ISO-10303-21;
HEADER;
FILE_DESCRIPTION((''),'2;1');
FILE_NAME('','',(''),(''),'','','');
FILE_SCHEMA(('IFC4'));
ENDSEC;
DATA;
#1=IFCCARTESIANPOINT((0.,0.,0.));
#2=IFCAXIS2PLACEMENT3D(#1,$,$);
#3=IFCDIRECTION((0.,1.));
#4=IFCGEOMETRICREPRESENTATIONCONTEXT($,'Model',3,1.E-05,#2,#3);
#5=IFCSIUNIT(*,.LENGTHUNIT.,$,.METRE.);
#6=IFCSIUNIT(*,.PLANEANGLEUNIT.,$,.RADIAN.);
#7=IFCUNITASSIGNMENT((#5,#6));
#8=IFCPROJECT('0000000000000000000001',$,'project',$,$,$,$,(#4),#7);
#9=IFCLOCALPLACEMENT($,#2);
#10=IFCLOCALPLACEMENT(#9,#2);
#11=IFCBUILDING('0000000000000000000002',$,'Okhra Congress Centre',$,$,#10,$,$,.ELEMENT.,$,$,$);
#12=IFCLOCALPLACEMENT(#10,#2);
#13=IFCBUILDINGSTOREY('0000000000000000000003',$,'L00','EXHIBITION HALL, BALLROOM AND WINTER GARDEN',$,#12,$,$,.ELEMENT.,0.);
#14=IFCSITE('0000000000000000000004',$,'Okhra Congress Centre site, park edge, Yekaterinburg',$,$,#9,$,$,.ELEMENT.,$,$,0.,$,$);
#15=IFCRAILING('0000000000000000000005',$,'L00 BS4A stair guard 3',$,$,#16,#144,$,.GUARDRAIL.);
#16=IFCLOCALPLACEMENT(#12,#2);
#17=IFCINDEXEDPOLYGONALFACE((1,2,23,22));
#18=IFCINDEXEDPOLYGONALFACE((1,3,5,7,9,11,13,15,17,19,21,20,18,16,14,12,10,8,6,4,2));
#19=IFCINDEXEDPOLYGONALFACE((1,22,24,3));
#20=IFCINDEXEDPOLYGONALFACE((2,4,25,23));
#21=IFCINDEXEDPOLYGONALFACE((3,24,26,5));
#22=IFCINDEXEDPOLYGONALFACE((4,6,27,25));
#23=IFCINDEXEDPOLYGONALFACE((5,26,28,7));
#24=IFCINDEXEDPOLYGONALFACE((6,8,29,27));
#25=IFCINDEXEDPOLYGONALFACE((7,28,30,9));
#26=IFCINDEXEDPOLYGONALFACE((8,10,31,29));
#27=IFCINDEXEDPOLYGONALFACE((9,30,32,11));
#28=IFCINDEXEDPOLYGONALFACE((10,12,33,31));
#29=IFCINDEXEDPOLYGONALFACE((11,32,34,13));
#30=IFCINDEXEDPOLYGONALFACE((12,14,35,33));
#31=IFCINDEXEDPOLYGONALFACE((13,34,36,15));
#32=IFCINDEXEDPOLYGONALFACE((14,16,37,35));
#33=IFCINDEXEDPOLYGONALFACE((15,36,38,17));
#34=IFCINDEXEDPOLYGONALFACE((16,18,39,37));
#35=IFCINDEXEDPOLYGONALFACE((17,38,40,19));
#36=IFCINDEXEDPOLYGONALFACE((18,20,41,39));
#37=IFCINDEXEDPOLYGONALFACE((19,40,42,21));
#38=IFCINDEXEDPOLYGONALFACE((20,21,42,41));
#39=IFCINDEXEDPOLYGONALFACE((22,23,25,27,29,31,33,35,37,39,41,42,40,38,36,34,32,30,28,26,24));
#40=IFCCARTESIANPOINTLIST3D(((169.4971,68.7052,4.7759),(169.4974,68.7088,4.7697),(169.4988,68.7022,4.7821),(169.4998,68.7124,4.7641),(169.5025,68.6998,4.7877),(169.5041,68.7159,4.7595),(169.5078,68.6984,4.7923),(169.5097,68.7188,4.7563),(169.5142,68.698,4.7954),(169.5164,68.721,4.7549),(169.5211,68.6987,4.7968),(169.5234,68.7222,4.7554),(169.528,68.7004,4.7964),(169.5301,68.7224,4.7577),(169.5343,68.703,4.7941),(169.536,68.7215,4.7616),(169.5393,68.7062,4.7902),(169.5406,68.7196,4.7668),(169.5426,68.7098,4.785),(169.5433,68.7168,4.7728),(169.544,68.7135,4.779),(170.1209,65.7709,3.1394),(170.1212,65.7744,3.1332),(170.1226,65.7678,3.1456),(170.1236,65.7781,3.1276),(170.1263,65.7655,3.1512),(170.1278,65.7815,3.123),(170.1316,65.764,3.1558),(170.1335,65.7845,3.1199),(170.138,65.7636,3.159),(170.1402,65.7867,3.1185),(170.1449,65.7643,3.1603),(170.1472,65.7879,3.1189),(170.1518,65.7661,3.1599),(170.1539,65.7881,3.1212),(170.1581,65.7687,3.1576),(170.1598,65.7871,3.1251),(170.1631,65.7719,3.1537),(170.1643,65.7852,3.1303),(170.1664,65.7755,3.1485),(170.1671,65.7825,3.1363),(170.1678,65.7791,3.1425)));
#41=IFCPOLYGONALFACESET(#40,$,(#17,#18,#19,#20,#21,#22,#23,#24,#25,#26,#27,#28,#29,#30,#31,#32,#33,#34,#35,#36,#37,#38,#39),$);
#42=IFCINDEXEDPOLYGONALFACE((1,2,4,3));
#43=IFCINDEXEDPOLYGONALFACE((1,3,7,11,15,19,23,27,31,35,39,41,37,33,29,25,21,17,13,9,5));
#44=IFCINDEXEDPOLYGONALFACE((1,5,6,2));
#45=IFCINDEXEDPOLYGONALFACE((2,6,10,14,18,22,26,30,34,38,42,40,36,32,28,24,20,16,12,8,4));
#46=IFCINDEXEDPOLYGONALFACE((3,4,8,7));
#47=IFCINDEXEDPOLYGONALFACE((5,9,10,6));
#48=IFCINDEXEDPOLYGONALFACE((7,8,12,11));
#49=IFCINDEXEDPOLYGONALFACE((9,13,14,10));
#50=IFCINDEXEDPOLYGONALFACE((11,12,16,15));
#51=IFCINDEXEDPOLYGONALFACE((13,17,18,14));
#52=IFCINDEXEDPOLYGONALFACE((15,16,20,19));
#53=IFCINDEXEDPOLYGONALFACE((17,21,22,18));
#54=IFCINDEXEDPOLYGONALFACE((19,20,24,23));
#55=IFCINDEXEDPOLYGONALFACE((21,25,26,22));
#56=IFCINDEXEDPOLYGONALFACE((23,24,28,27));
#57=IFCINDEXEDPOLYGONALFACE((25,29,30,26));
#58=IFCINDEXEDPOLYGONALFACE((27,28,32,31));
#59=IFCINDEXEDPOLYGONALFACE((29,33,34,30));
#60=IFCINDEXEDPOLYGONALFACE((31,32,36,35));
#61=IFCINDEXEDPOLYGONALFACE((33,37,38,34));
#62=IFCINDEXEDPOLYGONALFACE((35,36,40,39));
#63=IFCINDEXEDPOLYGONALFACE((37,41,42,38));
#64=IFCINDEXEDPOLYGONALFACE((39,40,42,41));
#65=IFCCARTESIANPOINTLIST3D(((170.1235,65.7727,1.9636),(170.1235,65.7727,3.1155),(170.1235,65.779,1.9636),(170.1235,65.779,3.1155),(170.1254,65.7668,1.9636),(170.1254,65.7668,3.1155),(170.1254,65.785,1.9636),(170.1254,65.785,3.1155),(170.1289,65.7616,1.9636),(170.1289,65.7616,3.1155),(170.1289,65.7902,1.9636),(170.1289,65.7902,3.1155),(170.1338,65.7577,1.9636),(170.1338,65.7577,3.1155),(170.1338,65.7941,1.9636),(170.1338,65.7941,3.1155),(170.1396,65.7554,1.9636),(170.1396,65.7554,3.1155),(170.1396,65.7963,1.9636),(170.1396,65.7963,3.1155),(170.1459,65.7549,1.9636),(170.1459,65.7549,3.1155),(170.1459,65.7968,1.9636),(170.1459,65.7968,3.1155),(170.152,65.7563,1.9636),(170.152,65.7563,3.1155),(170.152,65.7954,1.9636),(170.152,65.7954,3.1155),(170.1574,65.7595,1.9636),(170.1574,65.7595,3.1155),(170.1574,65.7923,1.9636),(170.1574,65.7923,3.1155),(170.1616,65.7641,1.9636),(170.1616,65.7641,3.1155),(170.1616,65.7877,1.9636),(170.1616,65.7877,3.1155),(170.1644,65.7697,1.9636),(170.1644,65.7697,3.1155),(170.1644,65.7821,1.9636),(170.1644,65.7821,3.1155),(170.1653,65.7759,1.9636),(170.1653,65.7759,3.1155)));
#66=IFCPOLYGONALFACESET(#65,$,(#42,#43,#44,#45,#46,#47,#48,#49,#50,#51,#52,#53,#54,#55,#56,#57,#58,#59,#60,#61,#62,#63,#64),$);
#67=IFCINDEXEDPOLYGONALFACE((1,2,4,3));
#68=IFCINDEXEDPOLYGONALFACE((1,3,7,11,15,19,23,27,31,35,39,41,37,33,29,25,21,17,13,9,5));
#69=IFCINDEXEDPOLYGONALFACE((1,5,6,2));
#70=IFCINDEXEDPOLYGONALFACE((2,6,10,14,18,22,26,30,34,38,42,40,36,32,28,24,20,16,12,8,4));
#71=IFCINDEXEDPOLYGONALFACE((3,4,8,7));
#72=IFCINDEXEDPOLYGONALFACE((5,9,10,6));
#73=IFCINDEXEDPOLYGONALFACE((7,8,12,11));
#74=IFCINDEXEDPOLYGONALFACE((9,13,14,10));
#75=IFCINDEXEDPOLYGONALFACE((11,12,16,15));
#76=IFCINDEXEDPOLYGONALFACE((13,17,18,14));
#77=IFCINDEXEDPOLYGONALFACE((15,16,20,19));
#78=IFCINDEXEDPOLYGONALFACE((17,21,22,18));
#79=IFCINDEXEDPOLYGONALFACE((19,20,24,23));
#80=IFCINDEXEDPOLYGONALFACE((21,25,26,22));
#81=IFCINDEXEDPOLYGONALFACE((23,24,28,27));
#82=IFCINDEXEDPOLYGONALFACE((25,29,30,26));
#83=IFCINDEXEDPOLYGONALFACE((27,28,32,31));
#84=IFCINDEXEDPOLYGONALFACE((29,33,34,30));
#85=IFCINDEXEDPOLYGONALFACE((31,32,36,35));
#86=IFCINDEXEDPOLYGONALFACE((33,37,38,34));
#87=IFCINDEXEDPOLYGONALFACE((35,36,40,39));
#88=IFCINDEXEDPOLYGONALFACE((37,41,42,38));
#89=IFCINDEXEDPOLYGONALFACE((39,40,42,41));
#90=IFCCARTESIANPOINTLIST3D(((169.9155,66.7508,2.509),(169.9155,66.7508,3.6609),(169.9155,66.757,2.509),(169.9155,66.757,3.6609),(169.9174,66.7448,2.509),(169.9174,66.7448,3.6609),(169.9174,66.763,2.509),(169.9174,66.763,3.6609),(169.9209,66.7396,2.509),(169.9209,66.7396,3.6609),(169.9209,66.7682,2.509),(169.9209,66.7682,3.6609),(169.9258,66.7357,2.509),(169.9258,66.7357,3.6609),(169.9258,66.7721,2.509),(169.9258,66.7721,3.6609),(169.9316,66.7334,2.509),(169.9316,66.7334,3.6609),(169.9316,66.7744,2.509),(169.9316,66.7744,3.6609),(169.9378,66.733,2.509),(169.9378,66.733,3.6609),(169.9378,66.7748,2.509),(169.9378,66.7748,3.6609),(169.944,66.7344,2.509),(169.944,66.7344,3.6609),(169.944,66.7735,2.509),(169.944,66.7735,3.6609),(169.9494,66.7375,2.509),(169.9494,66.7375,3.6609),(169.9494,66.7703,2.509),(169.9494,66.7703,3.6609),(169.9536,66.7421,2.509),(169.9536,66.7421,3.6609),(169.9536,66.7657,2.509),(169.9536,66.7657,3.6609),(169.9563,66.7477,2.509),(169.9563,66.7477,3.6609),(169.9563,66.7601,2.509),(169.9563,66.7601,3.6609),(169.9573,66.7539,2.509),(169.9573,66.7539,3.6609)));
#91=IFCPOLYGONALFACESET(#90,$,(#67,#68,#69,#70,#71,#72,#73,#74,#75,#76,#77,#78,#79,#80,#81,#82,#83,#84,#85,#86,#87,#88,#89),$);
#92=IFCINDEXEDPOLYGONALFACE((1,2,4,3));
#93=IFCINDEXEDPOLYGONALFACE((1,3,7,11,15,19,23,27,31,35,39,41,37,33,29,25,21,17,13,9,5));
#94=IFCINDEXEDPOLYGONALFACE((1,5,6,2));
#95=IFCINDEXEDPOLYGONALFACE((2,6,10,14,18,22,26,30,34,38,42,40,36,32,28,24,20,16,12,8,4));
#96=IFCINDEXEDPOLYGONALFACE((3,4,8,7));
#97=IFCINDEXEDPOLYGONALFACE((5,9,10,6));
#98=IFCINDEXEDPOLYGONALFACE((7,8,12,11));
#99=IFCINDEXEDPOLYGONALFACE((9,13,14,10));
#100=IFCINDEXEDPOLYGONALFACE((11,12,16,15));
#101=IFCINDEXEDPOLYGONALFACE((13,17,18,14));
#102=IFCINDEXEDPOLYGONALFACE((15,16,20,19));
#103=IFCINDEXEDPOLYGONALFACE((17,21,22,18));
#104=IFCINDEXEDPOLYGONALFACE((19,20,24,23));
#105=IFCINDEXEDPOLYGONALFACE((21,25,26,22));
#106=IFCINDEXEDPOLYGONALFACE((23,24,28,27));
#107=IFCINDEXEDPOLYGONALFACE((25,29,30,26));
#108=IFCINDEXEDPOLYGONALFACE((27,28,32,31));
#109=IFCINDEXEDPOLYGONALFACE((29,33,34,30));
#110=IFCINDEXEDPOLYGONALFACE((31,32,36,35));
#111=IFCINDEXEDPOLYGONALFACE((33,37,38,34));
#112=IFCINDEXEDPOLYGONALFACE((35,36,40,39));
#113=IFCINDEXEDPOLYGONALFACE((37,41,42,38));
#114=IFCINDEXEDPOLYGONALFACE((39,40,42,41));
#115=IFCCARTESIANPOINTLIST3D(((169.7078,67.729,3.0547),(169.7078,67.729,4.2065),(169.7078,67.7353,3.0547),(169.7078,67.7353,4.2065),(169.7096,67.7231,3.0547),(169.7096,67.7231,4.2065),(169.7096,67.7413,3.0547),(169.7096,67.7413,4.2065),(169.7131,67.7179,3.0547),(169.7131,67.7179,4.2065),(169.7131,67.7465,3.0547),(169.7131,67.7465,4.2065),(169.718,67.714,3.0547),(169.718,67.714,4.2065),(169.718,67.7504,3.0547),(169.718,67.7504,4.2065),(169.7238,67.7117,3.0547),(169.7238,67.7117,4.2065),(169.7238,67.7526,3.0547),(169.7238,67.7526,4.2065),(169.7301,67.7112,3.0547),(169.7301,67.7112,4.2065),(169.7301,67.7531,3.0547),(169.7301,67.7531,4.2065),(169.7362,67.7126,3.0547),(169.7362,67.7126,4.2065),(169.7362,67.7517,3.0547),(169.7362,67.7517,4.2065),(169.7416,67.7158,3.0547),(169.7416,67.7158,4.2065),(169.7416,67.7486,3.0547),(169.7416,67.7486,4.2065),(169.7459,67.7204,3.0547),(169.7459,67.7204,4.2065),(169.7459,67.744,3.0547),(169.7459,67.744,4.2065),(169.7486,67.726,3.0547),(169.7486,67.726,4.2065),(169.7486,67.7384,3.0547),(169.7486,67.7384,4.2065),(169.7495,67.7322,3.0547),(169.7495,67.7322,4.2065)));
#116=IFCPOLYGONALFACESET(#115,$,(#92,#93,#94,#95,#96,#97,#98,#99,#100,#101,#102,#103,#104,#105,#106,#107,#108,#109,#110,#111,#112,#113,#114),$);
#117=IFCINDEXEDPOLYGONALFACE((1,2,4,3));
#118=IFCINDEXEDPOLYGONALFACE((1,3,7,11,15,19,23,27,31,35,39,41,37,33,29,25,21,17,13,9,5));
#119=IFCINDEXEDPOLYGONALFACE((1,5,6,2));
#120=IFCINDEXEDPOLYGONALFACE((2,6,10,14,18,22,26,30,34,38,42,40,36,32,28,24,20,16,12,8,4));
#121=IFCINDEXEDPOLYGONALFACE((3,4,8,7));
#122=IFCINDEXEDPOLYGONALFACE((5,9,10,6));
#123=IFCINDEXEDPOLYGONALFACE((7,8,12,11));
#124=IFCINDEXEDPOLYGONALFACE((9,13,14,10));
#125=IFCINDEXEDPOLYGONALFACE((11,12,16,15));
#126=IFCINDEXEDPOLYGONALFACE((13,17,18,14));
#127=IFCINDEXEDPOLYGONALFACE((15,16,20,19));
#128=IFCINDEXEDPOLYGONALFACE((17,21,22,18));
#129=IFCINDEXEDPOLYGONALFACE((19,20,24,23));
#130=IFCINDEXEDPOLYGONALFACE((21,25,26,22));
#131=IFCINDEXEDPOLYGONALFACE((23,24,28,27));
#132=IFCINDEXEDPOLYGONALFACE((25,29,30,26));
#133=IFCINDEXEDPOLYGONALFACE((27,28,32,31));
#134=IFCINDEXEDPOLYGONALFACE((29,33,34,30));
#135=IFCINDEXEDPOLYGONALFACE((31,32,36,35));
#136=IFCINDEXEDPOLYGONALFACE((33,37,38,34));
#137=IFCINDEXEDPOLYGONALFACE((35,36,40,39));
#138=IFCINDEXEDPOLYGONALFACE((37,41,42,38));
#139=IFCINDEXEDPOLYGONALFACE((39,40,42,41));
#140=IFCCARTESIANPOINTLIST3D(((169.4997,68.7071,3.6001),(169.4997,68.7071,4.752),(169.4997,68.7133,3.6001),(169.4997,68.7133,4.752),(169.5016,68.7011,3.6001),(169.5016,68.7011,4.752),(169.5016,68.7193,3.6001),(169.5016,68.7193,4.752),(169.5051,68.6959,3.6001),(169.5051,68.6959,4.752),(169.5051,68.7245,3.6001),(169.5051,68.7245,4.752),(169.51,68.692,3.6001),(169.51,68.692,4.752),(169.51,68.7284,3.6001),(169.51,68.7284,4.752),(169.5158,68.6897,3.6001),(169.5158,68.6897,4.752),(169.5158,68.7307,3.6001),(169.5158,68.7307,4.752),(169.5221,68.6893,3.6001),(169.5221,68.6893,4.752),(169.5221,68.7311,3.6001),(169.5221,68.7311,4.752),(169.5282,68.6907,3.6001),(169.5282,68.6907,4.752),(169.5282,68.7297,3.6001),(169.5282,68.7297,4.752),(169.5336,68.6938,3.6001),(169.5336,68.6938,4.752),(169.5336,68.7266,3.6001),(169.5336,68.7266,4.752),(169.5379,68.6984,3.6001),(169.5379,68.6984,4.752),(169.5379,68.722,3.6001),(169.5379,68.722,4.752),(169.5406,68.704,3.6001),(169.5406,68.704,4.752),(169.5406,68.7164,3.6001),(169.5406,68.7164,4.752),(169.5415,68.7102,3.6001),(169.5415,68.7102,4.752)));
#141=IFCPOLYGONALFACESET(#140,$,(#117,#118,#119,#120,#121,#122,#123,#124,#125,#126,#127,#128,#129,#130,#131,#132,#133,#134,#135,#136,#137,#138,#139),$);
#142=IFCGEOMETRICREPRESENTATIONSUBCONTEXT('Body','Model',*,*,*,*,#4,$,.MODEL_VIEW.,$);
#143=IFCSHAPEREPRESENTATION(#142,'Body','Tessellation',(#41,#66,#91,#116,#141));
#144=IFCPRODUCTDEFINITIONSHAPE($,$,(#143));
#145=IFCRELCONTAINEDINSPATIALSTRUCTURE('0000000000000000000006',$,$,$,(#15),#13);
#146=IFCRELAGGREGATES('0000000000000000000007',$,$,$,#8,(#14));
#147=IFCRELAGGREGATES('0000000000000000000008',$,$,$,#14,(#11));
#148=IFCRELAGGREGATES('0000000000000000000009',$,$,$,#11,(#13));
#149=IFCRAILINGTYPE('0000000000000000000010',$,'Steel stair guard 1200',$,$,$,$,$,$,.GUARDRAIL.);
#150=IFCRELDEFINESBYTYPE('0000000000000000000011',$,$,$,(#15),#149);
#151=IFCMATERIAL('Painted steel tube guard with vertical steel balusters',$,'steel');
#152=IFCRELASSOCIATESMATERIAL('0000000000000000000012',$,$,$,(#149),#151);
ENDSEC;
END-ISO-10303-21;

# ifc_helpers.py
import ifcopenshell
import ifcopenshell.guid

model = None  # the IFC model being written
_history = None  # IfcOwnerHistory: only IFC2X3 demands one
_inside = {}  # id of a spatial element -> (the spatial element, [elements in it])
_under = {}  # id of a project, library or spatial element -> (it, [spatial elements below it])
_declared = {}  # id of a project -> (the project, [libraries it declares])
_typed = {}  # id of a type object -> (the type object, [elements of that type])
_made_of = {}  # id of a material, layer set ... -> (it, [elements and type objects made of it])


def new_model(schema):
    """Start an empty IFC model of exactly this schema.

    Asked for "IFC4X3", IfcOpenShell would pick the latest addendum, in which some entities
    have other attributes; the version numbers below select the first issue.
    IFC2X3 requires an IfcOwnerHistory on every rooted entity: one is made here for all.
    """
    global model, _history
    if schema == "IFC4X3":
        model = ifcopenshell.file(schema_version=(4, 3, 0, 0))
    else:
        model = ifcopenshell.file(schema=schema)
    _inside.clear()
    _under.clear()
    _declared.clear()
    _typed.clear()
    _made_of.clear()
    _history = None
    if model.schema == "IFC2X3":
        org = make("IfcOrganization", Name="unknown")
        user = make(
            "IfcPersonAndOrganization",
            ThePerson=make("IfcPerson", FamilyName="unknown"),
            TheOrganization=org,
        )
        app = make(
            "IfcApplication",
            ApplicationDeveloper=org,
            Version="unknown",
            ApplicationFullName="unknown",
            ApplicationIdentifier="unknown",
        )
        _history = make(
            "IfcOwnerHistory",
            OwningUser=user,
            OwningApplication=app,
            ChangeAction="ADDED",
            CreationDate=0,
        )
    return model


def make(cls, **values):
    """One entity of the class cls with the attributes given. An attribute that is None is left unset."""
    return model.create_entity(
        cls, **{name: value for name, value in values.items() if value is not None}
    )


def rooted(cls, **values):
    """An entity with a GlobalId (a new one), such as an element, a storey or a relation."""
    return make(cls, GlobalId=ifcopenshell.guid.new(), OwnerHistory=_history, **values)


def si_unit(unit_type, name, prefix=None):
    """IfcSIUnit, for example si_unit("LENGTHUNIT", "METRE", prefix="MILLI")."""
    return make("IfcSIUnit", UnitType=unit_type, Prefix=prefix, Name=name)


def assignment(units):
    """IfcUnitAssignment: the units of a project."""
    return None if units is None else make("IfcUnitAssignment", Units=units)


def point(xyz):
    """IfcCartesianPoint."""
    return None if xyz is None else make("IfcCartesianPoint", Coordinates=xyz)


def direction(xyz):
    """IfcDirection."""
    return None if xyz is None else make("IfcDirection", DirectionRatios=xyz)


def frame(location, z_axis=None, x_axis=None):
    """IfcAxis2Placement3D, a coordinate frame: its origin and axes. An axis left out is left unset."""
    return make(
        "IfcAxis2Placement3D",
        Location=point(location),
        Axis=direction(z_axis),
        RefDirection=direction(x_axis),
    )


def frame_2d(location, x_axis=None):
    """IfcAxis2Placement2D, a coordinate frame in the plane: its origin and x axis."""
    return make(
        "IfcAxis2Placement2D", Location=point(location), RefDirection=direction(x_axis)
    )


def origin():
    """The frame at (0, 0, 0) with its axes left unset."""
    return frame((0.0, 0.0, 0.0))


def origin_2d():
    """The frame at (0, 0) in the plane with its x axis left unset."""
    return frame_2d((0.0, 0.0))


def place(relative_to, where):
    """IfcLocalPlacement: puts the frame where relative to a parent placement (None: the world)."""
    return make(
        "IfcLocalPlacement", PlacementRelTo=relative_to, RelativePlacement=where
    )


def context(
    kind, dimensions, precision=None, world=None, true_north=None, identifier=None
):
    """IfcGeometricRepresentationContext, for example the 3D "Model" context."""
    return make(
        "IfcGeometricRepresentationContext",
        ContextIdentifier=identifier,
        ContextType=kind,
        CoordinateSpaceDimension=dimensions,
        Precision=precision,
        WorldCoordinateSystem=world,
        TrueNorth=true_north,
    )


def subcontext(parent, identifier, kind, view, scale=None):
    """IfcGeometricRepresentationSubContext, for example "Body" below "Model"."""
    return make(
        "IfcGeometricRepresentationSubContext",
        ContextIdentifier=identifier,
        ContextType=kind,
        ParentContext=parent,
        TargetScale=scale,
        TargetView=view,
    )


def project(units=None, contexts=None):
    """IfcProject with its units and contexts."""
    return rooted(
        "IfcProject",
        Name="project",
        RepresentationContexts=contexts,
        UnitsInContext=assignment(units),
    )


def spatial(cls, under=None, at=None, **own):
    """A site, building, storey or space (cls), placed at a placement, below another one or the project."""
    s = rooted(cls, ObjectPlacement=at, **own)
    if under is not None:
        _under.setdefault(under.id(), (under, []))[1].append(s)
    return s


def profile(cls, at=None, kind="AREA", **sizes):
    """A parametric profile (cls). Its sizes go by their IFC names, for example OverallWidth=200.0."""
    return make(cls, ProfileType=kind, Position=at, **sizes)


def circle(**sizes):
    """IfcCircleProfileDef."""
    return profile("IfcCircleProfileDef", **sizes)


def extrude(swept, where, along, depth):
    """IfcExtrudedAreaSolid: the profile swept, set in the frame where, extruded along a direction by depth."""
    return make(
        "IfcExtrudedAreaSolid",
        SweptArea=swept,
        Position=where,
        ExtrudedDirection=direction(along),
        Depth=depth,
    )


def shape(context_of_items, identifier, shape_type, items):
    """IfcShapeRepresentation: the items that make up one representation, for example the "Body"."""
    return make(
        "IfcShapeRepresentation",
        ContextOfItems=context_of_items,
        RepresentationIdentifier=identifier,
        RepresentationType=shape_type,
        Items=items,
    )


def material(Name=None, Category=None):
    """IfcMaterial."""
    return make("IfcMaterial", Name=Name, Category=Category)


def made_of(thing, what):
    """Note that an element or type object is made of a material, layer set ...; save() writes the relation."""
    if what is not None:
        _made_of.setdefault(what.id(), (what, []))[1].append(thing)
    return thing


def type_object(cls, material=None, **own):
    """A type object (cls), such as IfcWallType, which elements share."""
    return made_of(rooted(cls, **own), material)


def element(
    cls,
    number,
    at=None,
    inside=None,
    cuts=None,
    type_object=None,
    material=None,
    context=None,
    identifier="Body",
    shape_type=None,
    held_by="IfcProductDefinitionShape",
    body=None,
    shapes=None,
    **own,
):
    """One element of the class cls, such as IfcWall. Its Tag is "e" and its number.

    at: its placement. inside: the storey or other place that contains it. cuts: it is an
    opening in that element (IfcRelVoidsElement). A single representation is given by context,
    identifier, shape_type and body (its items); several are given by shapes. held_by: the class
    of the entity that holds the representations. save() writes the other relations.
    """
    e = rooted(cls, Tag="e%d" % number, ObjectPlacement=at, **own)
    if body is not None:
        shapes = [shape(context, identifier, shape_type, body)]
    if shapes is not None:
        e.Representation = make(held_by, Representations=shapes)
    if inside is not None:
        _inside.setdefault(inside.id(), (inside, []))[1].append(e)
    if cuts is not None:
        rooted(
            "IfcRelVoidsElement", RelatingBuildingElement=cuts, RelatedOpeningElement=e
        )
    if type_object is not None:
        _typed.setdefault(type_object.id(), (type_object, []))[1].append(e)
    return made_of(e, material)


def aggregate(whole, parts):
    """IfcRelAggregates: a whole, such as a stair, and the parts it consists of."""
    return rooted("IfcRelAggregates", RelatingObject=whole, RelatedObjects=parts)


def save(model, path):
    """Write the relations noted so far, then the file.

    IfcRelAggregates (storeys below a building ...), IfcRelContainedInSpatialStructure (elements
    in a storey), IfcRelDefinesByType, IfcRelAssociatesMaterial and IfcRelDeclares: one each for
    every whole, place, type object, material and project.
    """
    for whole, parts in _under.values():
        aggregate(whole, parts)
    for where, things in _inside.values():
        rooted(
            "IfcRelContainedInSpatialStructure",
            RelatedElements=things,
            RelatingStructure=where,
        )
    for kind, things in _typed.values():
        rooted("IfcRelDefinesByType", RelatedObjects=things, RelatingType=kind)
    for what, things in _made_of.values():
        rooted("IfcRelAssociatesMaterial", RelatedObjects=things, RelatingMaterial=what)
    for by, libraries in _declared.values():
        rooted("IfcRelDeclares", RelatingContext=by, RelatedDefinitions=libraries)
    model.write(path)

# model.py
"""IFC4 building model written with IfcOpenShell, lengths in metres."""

from ifc_helpers import new_model, si_unit, direction, frame, origin, origin_2d, place, context, subcontext, project, spatial, circle, extrude, material, type_object, element, save


model = new_model("IFC4")

# Units and contexts
model_context = context("Model", 3, precision=1e-05, world=origin(), true_north=direction((0.0, 1.0)))
body_context = subcontext(model_context, "Body", "Model", "MODEL_VIEW")
ifc_project = project(units=[si_unit("LENGTHUNIT", "METRE"), si_unit("PLANEANGLEUNIT", "RADIAN")], contexts=[model_context])

# Site, building, storey
site_placement = place(None, origin())
site = spatial("IfcSite", under=ifc_project, at=site_placement, Name="Okhra Congress Centre site, park edge, Yekaterinburg", CompositionType="ELEMENT", RefElevation=0.0)
building_placement = place(site_placement, origin())
building = spatial("IfcBuilding", under=site, at=building_placement, Name="Okhra Congress Centre", CompositionType="ELEMENT")
storey_placement = place(building_placement, origin())
storey = spatial("IfcBuildingStorey", under=building, at=storey_placement, Name="L00", Description="EXHIBITION HALL, BALLROOM AND WINTER GARDEN", CompositionType="ELEMENT", Elevation=0.0)

# Railing
ifc_material_1 = material(Name="Painted steel tube guard with vertical steel balusters", Category="steel")
railing_type_1 = type_object("IfcRailingType", Name="Steel stair guard 1200", PredefinedType="GUARDRAIL", material=ifc_material_1)
railing_1_placement = place(storey_placement, frame((170.1443, 65.7759, 1.9636)))
element("IfcRailing", 1, at=railing_1_placement, inside=storey, type_object=railing_type_1, Name="L00 BS4A stair guard 3", PredefinedType="GUARDRAIL", context=body_context, shape_type="SweptSolid", body=[
    extrude(circle(Radius=0.0239, at=origin_2d()), frame((0.0, 0.0, 1.1758), z_axis=(-0.18254, 0.858687, 0.47889), x_axis=(-0.978143, -0.207934, 0.0)), (0.0, 0.0, 1.0), 3.4172),
    extrude(circle(Radius=0.021, at=origin_2d()), origin(), (0.0, 0.0, 1.0), 1.1519),
    extrude(circle(Radius=0.021, at=origin_2d()), frame((-0.208, 0.978, 0.5454)), (0.0, 0.0, 1.0), 1.1519),
    extrude(circle(Radius=0.021, at=origin_2d()), frame((-0.4158, 1.9563, 1.0911)), (0.0, 0.0, 1.0), 1.1519),
    extrude(circle(Radius=0.021, at=origin_2d()), frame((-0.6238, 2.9343, 1.6365)), (0.0, 0.0, 1.0), 1.1519),
])

save(model, "model.ifc")
